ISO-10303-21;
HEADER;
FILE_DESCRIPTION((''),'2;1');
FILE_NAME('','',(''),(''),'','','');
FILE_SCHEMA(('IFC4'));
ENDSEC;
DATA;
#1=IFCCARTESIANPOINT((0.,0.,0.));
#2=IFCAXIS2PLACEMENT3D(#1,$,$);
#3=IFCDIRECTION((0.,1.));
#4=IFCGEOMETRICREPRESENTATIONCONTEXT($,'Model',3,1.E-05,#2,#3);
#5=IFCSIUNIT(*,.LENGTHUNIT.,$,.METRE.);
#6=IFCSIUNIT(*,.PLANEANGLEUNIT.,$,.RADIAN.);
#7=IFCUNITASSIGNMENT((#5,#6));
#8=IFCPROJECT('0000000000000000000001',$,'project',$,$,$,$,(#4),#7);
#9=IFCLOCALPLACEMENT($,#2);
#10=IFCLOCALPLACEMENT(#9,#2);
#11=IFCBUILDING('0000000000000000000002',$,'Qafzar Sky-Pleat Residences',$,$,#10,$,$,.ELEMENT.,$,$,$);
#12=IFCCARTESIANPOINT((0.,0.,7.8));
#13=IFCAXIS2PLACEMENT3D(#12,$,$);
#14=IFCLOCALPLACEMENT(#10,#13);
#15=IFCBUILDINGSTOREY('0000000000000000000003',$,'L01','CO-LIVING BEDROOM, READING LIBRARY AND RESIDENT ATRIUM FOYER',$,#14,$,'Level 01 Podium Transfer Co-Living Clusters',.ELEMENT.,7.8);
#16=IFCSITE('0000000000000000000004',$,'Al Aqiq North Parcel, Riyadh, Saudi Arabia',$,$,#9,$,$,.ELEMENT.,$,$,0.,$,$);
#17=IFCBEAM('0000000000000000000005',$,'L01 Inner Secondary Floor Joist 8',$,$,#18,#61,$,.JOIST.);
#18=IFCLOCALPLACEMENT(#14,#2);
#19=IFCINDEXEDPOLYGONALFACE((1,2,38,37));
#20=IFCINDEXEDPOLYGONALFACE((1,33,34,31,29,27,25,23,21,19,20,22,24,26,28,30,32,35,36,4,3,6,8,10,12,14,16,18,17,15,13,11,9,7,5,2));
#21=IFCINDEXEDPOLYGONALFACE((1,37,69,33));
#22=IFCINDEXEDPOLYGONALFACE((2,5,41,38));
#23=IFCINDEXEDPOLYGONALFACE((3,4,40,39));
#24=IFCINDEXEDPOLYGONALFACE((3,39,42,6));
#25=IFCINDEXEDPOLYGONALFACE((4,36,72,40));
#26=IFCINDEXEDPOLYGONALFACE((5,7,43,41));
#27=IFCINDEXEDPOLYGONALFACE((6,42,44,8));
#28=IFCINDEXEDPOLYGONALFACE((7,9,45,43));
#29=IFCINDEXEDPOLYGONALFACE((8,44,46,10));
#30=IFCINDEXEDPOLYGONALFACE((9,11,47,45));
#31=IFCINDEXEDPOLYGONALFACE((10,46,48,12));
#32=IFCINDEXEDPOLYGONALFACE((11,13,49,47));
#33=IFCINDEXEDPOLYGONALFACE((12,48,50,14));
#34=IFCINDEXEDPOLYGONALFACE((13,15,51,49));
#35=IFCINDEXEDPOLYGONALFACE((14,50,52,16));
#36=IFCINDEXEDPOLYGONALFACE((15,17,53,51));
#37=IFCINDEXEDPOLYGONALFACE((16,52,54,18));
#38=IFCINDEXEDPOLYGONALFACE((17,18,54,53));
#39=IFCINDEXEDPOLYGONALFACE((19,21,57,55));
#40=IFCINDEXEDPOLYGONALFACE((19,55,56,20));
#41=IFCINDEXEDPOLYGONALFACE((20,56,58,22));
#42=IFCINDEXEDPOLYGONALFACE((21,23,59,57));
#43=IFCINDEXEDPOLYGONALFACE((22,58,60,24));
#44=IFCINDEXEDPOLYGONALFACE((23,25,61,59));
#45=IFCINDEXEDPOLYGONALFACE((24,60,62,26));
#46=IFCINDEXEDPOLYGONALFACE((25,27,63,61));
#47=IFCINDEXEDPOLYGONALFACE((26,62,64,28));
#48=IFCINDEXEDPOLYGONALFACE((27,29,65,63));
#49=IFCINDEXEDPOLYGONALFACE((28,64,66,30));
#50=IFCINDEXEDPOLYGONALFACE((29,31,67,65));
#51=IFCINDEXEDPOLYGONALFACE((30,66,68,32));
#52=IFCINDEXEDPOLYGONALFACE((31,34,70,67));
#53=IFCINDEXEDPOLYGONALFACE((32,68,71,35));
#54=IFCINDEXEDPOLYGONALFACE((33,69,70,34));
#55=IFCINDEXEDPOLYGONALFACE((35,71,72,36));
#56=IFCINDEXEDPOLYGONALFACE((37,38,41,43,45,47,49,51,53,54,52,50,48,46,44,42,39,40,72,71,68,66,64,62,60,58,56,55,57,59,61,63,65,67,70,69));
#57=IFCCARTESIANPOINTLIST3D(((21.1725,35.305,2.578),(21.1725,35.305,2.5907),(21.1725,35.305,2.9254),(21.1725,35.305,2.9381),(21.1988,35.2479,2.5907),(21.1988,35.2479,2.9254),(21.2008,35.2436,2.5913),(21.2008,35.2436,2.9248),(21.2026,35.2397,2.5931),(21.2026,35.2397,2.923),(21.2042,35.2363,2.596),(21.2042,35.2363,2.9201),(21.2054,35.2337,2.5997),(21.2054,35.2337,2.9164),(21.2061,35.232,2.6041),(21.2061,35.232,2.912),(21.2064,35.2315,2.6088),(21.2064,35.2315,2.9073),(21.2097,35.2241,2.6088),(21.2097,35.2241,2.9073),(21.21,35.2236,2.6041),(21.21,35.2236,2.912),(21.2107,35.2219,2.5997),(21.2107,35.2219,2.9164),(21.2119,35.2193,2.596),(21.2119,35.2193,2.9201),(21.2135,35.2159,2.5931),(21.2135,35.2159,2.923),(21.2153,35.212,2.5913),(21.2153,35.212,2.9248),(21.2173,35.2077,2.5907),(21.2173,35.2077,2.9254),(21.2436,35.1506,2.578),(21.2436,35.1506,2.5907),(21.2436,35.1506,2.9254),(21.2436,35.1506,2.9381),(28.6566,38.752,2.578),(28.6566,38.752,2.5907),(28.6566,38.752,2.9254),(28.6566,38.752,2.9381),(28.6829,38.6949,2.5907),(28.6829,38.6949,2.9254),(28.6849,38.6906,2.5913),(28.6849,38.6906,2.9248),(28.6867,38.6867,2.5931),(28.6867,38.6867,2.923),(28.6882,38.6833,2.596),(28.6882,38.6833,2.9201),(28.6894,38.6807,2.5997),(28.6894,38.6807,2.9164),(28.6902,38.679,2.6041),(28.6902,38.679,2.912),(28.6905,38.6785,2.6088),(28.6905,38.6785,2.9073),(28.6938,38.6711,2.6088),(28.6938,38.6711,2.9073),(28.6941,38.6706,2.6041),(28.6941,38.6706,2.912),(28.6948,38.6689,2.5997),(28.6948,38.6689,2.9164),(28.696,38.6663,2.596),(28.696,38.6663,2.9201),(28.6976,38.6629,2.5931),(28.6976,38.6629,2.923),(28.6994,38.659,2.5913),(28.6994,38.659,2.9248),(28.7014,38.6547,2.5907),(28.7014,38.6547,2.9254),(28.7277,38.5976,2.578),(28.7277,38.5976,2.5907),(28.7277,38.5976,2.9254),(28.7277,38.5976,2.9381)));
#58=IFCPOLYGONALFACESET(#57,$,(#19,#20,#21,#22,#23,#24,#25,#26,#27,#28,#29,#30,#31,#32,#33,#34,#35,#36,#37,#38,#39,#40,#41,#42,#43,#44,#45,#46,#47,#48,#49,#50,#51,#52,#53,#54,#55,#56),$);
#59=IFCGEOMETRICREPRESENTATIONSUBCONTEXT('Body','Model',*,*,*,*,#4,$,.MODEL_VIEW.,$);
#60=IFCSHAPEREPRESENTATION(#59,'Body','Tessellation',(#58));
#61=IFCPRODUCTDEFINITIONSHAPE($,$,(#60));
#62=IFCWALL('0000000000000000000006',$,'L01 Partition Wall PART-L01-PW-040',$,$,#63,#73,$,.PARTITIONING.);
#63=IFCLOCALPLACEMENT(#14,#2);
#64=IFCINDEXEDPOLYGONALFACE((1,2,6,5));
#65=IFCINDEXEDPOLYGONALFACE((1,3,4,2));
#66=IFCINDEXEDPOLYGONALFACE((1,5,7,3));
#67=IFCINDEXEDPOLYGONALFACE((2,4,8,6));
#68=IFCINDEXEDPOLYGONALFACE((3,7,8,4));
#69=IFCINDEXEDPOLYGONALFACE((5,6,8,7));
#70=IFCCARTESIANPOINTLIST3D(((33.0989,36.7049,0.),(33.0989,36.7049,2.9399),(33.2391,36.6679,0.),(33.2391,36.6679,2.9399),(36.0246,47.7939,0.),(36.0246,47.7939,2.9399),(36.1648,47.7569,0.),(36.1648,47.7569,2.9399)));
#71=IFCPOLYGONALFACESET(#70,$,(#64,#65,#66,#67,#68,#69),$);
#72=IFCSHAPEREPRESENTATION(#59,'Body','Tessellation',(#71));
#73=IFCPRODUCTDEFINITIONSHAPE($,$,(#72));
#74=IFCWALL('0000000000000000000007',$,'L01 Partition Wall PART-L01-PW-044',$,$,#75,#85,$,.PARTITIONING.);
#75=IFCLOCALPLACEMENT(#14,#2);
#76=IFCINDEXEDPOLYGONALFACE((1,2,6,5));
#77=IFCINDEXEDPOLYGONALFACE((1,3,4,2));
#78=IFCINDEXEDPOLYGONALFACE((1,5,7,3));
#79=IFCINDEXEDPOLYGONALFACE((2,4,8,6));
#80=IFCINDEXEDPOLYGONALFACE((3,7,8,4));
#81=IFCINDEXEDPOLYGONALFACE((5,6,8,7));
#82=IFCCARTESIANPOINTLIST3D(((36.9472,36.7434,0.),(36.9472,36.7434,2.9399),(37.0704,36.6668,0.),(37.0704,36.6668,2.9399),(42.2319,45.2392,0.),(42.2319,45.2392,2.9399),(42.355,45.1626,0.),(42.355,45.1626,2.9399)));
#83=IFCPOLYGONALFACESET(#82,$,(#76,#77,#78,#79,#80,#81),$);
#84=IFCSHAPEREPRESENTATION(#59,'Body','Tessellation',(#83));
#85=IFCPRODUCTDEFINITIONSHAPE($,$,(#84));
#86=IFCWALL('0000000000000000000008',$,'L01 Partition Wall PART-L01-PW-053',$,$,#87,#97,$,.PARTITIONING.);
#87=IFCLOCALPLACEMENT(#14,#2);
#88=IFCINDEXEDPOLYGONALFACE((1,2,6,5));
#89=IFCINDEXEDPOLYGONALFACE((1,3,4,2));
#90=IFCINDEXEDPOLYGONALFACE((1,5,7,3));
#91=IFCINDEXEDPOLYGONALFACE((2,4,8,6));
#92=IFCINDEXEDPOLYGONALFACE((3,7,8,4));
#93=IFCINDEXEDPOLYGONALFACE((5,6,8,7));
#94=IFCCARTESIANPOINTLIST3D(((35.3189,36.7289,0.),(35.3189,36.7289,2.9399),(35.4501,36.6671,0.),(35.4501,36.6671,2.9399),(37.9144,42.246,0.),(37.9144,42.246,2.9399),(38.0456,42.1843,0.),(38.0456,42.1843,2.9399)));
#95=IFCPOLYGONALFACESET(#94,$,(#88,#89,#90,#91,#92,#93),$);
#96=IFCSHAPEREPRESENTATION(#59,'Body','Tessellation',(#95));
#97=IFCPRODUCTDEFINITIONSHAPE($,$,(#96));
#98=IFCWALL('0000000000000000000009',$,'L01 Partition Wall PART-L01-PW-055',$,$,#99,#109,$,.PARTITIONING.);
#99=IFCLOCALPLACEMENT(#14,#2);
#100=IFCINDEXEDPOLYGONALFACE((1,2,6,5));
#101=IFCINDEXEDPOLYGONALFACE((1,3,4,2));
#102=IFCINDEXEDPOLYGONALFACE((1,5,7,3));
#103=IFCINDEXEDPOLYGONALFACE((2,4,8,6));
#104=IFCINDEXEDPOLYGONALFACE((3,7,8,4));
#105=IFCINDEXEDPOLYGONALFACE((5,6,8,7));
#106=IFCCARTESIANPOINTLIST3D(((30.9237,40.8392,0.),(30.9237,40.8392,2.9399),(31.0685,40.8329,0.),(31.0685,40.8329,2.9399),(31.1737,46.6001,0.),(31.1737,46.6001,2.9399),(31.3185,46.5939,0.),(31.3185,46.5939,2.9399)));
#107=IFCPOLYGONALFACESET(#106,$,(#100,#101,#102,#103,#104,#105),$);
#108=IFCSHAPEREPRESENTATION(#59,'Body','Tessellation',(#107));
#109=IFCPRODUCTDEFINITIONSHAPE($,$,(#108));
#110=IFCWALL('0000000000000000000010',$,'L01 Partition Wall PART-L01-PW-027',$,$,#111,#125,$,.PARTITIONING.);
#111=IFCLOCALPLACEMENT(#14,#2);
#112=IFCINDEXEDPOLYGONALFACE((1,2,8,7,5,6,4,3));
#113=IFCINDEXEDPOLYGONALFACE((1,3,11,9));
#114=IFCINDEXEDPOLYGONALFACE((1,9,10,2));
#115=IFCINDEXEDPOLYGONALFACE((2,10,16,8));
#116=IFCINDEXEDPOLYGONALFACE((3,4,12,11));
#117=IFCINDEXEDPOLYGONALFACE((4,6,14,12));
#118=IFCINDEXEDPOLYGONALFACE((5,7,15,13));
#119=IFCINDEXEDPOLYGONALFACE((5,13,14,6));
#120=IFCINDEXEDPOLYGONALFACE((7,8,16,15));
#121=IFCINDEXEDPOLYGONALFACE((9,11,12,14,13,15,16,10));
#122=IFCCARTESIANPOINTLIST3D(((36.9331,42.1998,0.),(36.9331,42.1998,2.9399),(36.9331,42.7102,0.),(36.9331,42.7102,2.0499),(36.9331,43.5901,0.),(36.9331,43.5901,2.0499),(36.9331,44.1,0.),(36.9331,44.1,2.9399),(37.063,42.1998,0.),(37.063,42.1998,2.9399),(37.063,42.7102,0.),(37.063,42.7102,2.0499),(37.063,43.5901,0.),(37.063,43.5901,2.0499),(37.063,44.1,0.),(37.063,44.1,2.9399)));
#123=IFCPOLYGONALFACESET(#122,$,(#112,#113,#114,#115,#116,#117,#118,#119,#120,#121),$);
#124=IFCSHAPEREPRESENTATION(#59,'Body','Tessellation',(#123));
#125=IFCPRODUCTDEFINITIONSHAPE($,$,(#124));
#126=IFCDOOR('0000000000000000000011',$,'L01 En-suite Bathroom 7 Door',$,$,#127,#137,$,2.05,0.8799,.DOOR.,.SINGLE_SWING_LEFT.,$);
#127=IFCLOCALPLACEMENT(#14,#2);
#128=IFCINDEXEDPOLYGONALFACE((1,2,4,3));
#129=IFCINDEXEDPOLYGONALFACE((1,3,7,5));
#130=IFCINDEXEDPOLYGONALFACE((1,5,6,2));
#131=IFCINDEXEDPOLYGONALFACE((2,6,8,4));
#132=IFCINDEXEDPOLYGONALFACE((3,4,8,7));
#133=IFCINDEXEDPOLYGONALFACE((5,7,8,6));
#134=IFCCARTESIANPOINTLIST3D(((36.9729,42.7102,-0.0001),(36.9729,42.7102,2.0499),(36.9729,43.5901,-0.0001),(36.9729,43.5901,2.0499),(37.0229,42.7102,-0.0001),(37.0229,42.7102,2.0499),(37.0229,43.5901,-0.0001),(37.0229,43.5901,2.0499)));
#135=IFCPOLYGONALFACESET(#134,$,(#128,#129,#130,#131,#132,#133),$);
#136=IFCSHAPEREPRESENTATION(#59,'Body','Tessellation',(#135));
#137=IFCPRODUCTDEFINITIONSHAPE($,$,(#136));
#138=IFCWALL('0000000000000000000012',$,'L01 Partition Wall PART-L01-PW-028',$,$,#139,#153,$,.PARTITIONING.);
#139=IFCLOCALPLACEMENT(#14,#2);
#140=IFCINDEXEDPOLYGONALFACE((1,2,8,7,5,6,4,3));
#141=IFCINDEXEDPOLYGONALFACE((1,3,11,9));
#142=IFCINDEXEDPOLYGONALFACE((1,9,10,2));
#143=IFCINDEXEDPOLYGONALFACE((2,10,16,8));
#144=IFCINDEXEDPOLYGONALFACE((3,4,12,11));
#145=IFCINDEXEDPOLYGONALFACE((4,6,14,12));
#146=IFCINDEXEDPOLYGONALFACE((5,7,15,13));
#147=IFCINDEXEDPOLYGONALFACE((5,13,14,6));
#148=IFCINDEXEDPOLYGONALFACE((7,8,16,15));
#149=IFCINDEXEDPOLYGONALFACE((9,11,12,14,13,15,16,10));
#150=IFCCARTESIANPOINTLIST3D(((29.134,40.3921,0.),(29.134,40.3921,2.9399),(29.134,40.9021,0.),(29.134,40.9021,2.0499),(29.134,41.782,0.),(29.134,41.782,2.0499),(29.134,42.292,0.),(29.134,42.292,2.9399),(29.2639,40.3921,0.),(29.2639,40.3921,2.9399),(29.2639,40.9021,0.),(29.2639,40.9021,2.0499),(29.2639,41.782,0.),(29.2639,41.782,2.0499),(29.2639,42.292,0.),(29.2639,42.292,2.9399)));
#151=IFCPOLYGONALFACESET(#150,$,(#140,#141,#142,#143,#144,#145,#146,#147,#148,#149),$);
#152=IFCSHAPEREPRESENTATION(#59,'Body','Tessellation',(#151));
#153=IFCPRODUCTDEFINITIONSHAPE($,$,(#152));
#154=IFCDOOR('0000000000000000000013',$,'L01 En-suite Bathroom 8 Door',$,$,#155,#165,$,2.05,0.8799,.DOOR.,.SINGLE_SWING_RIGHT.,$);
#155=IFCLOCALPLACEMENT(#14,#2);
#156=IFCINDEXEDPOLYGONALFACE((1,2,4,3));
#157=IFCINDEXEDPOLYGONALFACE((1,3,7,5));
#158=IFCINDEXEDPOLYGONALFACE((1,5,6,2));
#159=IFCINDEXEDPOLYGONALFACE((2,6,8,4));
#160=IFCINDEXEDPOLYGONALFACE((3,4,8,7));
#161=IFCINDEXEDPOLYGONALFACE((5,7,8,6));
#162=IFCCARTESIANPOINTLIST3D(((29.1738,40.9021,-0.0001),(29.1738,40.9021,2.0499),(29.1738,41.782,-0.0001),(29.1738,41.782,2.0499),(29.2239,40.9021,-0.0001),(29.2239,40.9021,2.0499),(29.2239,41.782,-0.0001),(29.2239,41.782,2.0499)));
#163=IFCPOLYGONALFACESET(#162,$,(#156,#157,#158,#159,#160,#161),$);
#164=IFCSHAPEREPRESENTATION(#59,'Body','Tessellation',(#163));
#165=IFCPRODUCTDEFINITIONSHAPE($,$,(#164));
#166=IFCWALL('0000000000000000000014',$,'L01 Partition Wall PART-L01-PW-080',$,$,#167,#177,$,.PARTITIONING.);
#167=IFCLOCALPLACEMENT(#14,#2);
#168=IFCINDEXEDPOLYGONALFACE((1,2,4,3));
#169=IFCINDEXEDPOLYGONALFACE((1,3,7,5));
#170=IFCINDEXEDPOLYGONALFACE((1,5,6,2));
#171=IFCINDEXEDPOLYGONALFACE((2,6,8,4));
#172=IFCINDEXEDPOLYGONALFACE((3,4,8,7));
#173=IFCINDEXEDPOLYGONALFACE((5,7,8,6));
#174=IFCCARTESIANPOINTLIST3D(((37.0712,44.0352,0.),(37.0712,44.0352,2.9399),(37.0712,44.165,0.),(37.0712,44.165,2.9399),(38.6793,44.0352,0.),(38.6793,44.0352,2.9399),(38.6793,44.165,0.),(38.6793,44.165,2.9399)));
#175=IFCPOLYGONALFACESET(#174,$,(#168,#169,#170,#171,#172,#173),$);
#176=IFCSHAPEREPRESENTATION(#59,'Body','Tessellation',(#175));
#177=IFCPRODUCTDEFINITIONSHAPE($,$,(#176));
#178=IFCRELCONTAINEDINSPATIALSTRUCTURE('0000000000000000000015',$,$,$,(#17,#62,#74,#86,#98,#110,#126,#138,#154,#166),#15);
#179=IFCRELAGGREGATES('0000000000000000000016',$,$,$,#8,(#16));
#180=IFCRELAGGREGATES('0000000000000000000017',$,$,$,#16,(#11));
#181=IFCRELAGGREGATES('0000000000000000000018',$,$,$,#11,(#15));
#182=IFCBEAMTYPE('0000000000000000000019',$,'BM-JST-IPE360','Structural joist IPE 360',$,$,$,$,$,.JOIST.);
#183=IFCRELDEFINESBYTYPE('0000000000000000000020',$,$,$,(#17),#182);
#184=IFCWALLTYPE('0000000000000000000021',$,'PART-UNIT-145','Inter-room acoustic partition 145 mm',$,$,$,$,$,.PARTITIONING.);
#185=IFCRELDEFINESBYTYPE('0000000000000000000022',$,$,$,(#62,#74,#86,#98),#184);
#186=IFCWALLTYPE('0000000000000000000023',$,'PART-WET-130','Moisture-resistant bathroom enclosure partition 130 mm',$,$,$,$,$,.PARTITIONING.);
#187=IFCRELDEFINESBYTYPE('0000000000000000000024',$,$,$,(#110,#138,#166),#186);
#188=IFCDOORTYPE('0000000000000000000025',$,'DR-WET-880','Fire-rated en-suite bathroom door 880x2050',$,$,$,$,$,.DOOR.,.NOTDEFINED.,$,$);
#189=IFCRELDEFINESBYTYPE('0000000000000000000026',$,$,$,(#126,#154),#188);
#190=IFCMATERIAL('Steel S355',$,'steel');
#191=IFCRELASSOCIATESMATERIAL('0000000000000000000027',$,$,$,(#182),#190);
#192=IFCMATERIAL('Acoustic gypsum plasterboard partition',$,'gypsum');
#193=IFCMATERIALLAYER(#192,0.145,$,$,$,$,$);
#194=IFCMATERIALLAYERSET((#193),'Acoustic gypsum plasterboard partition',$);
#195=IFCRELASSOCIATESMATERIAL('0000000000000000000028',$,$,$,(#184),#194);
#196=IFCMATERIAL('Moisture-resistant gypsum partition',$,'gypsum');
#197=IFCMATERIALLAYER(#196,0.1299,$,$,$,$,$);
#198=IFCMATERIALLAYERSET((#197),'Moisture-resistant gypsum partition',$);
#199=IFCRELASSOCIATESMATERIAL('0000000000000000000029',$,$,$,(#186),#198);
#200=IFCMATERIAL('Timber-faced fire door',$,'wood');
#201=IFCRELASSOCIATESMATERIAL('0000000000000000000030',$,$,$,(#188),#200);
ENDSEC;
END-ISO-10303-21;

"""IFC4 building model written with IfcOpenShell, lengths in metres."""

from ifc_helpers import new_model, si_unit, direction, frame, frame_2d, origin, origin_2d, place, context, subcontext, project, spatial, rectangle, i_section, extrude, source, transform, mapped, material, layer, layer_set, material_profile, profile_set, type_object, element, fill, save


model = new_model("IFC4")

# Units and contexts
model_context = context("Model", 3, precision=1e-05, world=origin(), true_north=direction((0.0, 1.0)))
body_context = subcontext(model_context, "Body", "Model", "MODEL_VIEW")
ifc_project = project(units=[si_unit("LENGTHUNIT", "METRE"), si_unit("PLANEANGLEUNIT", "RADIAN")], contexts=[model_context])

# Site, building, storey
site_placement = place(None, origin())
site = spatial("IfcSite", under=ifc_project, at=site_placement, Name="Al Aqiq North Parcel, Riyadh, Saudi Arabia", CompositionType="ELEMENT", RefElevation=0.0)
building_placement = place(site_placement, origin())
building = spatial("IfcBuilding", under=site, at=building_placement, Name="Qafzar Sky-Pleat Residences", CompositionType="ELEMENT")
storey_placement = place(building_placement, frame((0.0, 0.0, 7.8)))
storey = spatial("IfcBuildingStorey", under=building, at=storey_placement, Name="L01", Description="CO-LIVING BEDROOM, READING LIBRARY AND RESIDENT ATRIUM FOYER", LongName="Level 01 Podium Transfer Co-Living Clusters", CompositionType="ELEMENT", Elevation=7.8)

# Beam
ifc_material_1 = material(Name="Steel S355", Category="steel")
ifc_material_profile_1 = material_profile(ifc_material_1, i_section(OverallWidth=0.1699, OverallDepth=0.3601, WebThickness=0.0081, FlangeThickness=0.0127, FilletRadius=0.0181, at=origin_2d()), Name="IPE 360")
ifc_profile_set_1 = profile_set([ifc_material_profile_1], Name="Steel S355")
beam_type_1 = type_object("IfcBeamType", Name="BM-JST-IPE360", Description="Structural joist IPE 360", PredefinedType="JOIST", material=ifc_profile_set_1)
shared_shape_1 = source(origin(), body_context, "Body", "SweptSolid", [
    extrude(i_section(OverallWidth=0.1699, OverallDepth=0.3601, WebThickness=0.0081, FlangeThickness=0.0127, FilletRadius=0.0181, at=origin_2d()), origin(), (0.0, 0.0, 1.0), 8.2397),
])
beam_1_placement = place(storey_placement, frame((28.6921, 38.6748, 2.7581), z_axis=(-0.908291, -0.418338, 0.0), x_axis=(0.418338, -0.908291, 0.0)))
element("IfcBeam", 1, at=beam_1_placement, inside=storey, type_object=beam_type_1, Name="L01 Inner Secondary Floor Joist 8", PredefinedType="JOIST", context=body_context, shape_type="MappedRepresentation", body=[
    mapped(shared_shape_1, transform((0.0, 0.0, 0.0), x_axis=(1.0, 0.0, 0.0), y_axis=(0.0, 1.0, 0.0), z_axis=(0.0, 0.0, 1.0), scale=1.0)),
])

# Walls
ifc_material_2 = material(Name="Acoustic gypsum plasterboard partition", Category="gypsum")
ifc_layer_1 = layer(ifc_material_2, 0.145)
ifc_layer_set_1 = layer_set([ifc_layer_1], Name="Acoustic gypsum plasterboard partition")
wall_type_1 = type_object("IfcWallType", Name="PART-UNIT-145", Description="Inter-room acoustic partition 145 mm", PredefinedType="PARTITIONING", material=ifc_layer_set_1)
wall_1_placement = place(storey_placement, frame((33.1689, 36.6863, 0.0), z_axis=(0.0, 0.0, 1.0), x_axis=(0.255113, 0.966911, 0.0)))
element("IfcWall", 2, at=wall_1_placement, inside=storey, type_object=wall_type_1, Name="L01 Partition Wall PART-L01-PW-040", PredefinedType="PARTITIONING", context=body_context, shape_type="SweptSolid", body=[
    extrude(rectangle(XDim=11.4685, YDim=0.145, at=frame_2d((5.7344, 0.0))), origin(), (0.0, 0.0, 1.0), 2.9399),
])
wall_2_placement = place(storey_placement, frame((37.0088, 36.7051, 0.0), z_axis=(0.0, 0.0, 1.0), x_axis=(0.528184, 0.84913, 0.0)))
element("IfcWall", 3, at=wall_2_placement, inside=storey, type_object=wall_type_1, Name="L01 Partition Wall PART-L01-PW-044", PredefinedType="PARTITIONING", context=body_context, shape_type="SweptSolid", body=[
    extrude(rectangle(XDim=10.0054, YDim=0.145, at=frame_2d((5.0027, 0.0))), origin(), (0.0, 0.0, 1.0), 2.9399),
])
wall_3_placement = place(storey_placement, frame((35.3845, 36.698, 0.0), z_axis=(0.0, 0.0, 1.0), x_axis=(0.425687, 0.90487, 0.0)))
element("IfcWall", 4, at=wall_3_placement, inside=storey, type_object=wall_type_1, Name="L01 Partition Wall PART-L01-PW-053", PredefinedType="PARTITIONING", context=body_context, shape_type="SweptSolid", body=[
    extrude(rectangle(XDim=6.0972, YDim=0.145, at=frame_2d((3.0486, 0.0))), origin(), (0.0, 0.0, 1.0), 2.9399),
])
wall_4_placement = place(storey_placement, frame((30.9961, 40.8359, 0.0), z_axis=(0.0, 0.0, 1.0), x_axis=(0.043355, 0.99906, 0.0)))
element("IfcWall", 5, at=wall_4_placement, inside=storey, type_object=wall_type_1, Name="L01 Partition Wall PART-L01-PW-055", PredefinedType="PARTITIONING", context=body_context, shape_type="SweptSolid", body=[
    extrude(rectangle(XDim=5.7664, YDim=0.145, at=frame_2d((2.8833, 0.0))), origin(), (0.0, 0.0, 1.0), 2.9399),
])

# Walls, openings, doors
ifc_material_3 = material(Name="Moisture-resistant gypsum partition", Category="gypsum")
ifc_layer_2 = layer(ifc_material_3, 0.1299)
ifc_layer_set_2 = layer_set([ifc_layer_2], Name="Moisture-resistant gypsum partition")
wall_type_2 = type_object("IfcWallType", Name="PART-WET-130", Description="Moisture-resistant bathroom enclosure partition 130 mm", PredefinedType="PARTITIONING", material=ifc_layer_set_2)
wall_5_placement = place(storey_placement, frame((36.998, 44.1001, 0.0), z_axis=(0.0, 0.0, 1.0), x_axis=(0.0, -1.0, 0.0)))
wall_5 = element("IfcWall", 6, at=wall_5_placement, inside=storey, type_object=wall_type_2, Name="L01 Partition Wall PART-L01-PW-027", PredefinedType="PARTITIONING", context=body_context, shape_type="SweptSolid", body=[
    extrude(rectangle(XDim=1.9001, YDim=0.1299, at=frame_2d((0.9502, 0.0))), origin(), (0.0, 0.0, 1.0), 2.9399),
])
opening_1_placement = place(wall_5_placement, frame((0.51, 0.0, 0.0)))
opening_1 = element("IfcOpeningElement", 7, at=opening_1_placement, cuts=wall_5, PredefinedType="OPENING", context=body_context, shape_type="SweptSolid", body=[
    extrude(rectangle(XDim=0.8799, YDim=2.05, at=frame_2d((0.4399, 1.0249))), frame((0.0, 0.075, 0.0), z_axis=(0.0, -1.0, 0.0), x_axis=(1.0, 0.0, 0.0)), (0.0, 0.0, 1.0), 0.1499),
])
ifc_material_4 = material(Name="Timber-faced fire door", Category="wood")
door_type_1 = type_object("IfcDoorType", Name="DR-WET-880", Description="Fire-rated en-suite bathroom door 880x2050", OperationType="NOTDEFINED", PredefinedType="DOOR", material=ifc_material_4)
shared_shape_2 = source(origin(), body_context, "Body", "SweptSolid", [
    extrude(rectangle(XDim=0.8799, YDim=2.05, at=frame_2d((0.4399, 1.0249))), frame((0.0, 0.0249, 0.0), z_axis=(0.0, -1.0, 0.0), x_axis=(1.0, 0.0, 0.0)), (0.0, 0.0, 1.0), 0.05),
])
door_1_placement = place(opening_1_placement, origin())
door_1 = element("IfcDoor", 8, at=door_1_placement, inside=storey, type_object=door_type_1, Name="L01 En-suite Bathroom 7 Door", OperationType="SINGLE_SWING_LEFT", OverallHeight=2.05, OverallWidth=0.8799, PredefinedType="DOOR", context=body_context, shape_type="MappedRepresentation", body=[
    mapped(shared_shape_2, transform((0.0, 0.0, 0.0), x_axis=(1.0, 0.0, 0.0), y_axis=(0.0, 1.0, 0.0), z_axis=(0.0, 0.0, 1.0), scale=1.0)),
])
fill(opening_1, door_1)
wall_6_placement = place(storey_placement, frame((29.199, 42.292, 0.0), z_axis=(0.0, 0.0, 1.0), x_axis=(0.0, -1.0, 0.0)))
wall_6 = element("IfcWall", 9, at=wall_6_placement, inside=storey, type_object=wall_type_2, Name="L01 Partition Wall PART-L01-PW-028", PredefinedType="PARTITIONING", context=body_context, shape_type="SweptSolid", body=[
    extrude(rectangle(XDim=1.8999, YDim=0.1299, at=frame_2d((0.95, 0.0))), origin(), (0.0, 0.0, 1.0), 2.9399),
])
opening_2_placement = place(wall_6_placement, frame((0.51, 0.0, 0.0)))
opening_2 = element("IfcOpeningElement", 10, at=opening_2_placement, cuts=wall_6, PredefinedType="OPENING", context=body_context, shape_type="SweptSolid", body=[
    extrude(rectangle(XDim=0.8799, YDim=2.05, at=frame_2d((0.4399, 1.0249))), frame((0.0, 0.075, 0.0), z_axis=(0.0, -1.0, 0.0), x_axis=(1.0, 0.0, 0.0)), (0.0, 0.0, 1.0), 0.1499),
])
door_2_placement = place(opening_2_placement, origin())
door_2 = element("IfcDoor", 11, at=door_2_placement, inside=storey, type_object=door_type_1, Name="L01 En-suite Bathroom 8 Door", OperationType="SINGLE_SWING_RIGHT", OverallHeight=2.05, OverallWidth=0.8799, PredefinedType="DOOR", context=body_context, shape_type="MappedRepresentation", body=[
    mapped(shared_shape_2, transform((0.0, 0.0, 0.0), x_axis=(1.0, 0.0, 0.0), y_axis=(0.0, 1.0, 0.0), z_axis=(0.0, 0.0, 1.0), scale=1.0)),
])
fill(opening_2, door_2)

# Wall
wall_7_placement = place(storey_placement, frame((37.071, 44.1001, 0.0), z_axis=(0.0, 0.0, 1.0), x_axis=(1.0, 0.0, 0.0)))
element("IfcWall", 12, at=wall_7_placement, inside=storey, type_object=wall_type_2, Name="L01 Partition Wall PART-L01-PW-080", PredefinedType="PARTITIONING", context=body_context, shape_type="SweptSolid", body=[
    extrude(rectangle(XDim=1.6082, YDim=0.1299, at=frame_2d((0.8042, 0.0))), origin(), (0.0, 0.0, 1.0), 2.9399),
])

save(model, "model.ifc")
